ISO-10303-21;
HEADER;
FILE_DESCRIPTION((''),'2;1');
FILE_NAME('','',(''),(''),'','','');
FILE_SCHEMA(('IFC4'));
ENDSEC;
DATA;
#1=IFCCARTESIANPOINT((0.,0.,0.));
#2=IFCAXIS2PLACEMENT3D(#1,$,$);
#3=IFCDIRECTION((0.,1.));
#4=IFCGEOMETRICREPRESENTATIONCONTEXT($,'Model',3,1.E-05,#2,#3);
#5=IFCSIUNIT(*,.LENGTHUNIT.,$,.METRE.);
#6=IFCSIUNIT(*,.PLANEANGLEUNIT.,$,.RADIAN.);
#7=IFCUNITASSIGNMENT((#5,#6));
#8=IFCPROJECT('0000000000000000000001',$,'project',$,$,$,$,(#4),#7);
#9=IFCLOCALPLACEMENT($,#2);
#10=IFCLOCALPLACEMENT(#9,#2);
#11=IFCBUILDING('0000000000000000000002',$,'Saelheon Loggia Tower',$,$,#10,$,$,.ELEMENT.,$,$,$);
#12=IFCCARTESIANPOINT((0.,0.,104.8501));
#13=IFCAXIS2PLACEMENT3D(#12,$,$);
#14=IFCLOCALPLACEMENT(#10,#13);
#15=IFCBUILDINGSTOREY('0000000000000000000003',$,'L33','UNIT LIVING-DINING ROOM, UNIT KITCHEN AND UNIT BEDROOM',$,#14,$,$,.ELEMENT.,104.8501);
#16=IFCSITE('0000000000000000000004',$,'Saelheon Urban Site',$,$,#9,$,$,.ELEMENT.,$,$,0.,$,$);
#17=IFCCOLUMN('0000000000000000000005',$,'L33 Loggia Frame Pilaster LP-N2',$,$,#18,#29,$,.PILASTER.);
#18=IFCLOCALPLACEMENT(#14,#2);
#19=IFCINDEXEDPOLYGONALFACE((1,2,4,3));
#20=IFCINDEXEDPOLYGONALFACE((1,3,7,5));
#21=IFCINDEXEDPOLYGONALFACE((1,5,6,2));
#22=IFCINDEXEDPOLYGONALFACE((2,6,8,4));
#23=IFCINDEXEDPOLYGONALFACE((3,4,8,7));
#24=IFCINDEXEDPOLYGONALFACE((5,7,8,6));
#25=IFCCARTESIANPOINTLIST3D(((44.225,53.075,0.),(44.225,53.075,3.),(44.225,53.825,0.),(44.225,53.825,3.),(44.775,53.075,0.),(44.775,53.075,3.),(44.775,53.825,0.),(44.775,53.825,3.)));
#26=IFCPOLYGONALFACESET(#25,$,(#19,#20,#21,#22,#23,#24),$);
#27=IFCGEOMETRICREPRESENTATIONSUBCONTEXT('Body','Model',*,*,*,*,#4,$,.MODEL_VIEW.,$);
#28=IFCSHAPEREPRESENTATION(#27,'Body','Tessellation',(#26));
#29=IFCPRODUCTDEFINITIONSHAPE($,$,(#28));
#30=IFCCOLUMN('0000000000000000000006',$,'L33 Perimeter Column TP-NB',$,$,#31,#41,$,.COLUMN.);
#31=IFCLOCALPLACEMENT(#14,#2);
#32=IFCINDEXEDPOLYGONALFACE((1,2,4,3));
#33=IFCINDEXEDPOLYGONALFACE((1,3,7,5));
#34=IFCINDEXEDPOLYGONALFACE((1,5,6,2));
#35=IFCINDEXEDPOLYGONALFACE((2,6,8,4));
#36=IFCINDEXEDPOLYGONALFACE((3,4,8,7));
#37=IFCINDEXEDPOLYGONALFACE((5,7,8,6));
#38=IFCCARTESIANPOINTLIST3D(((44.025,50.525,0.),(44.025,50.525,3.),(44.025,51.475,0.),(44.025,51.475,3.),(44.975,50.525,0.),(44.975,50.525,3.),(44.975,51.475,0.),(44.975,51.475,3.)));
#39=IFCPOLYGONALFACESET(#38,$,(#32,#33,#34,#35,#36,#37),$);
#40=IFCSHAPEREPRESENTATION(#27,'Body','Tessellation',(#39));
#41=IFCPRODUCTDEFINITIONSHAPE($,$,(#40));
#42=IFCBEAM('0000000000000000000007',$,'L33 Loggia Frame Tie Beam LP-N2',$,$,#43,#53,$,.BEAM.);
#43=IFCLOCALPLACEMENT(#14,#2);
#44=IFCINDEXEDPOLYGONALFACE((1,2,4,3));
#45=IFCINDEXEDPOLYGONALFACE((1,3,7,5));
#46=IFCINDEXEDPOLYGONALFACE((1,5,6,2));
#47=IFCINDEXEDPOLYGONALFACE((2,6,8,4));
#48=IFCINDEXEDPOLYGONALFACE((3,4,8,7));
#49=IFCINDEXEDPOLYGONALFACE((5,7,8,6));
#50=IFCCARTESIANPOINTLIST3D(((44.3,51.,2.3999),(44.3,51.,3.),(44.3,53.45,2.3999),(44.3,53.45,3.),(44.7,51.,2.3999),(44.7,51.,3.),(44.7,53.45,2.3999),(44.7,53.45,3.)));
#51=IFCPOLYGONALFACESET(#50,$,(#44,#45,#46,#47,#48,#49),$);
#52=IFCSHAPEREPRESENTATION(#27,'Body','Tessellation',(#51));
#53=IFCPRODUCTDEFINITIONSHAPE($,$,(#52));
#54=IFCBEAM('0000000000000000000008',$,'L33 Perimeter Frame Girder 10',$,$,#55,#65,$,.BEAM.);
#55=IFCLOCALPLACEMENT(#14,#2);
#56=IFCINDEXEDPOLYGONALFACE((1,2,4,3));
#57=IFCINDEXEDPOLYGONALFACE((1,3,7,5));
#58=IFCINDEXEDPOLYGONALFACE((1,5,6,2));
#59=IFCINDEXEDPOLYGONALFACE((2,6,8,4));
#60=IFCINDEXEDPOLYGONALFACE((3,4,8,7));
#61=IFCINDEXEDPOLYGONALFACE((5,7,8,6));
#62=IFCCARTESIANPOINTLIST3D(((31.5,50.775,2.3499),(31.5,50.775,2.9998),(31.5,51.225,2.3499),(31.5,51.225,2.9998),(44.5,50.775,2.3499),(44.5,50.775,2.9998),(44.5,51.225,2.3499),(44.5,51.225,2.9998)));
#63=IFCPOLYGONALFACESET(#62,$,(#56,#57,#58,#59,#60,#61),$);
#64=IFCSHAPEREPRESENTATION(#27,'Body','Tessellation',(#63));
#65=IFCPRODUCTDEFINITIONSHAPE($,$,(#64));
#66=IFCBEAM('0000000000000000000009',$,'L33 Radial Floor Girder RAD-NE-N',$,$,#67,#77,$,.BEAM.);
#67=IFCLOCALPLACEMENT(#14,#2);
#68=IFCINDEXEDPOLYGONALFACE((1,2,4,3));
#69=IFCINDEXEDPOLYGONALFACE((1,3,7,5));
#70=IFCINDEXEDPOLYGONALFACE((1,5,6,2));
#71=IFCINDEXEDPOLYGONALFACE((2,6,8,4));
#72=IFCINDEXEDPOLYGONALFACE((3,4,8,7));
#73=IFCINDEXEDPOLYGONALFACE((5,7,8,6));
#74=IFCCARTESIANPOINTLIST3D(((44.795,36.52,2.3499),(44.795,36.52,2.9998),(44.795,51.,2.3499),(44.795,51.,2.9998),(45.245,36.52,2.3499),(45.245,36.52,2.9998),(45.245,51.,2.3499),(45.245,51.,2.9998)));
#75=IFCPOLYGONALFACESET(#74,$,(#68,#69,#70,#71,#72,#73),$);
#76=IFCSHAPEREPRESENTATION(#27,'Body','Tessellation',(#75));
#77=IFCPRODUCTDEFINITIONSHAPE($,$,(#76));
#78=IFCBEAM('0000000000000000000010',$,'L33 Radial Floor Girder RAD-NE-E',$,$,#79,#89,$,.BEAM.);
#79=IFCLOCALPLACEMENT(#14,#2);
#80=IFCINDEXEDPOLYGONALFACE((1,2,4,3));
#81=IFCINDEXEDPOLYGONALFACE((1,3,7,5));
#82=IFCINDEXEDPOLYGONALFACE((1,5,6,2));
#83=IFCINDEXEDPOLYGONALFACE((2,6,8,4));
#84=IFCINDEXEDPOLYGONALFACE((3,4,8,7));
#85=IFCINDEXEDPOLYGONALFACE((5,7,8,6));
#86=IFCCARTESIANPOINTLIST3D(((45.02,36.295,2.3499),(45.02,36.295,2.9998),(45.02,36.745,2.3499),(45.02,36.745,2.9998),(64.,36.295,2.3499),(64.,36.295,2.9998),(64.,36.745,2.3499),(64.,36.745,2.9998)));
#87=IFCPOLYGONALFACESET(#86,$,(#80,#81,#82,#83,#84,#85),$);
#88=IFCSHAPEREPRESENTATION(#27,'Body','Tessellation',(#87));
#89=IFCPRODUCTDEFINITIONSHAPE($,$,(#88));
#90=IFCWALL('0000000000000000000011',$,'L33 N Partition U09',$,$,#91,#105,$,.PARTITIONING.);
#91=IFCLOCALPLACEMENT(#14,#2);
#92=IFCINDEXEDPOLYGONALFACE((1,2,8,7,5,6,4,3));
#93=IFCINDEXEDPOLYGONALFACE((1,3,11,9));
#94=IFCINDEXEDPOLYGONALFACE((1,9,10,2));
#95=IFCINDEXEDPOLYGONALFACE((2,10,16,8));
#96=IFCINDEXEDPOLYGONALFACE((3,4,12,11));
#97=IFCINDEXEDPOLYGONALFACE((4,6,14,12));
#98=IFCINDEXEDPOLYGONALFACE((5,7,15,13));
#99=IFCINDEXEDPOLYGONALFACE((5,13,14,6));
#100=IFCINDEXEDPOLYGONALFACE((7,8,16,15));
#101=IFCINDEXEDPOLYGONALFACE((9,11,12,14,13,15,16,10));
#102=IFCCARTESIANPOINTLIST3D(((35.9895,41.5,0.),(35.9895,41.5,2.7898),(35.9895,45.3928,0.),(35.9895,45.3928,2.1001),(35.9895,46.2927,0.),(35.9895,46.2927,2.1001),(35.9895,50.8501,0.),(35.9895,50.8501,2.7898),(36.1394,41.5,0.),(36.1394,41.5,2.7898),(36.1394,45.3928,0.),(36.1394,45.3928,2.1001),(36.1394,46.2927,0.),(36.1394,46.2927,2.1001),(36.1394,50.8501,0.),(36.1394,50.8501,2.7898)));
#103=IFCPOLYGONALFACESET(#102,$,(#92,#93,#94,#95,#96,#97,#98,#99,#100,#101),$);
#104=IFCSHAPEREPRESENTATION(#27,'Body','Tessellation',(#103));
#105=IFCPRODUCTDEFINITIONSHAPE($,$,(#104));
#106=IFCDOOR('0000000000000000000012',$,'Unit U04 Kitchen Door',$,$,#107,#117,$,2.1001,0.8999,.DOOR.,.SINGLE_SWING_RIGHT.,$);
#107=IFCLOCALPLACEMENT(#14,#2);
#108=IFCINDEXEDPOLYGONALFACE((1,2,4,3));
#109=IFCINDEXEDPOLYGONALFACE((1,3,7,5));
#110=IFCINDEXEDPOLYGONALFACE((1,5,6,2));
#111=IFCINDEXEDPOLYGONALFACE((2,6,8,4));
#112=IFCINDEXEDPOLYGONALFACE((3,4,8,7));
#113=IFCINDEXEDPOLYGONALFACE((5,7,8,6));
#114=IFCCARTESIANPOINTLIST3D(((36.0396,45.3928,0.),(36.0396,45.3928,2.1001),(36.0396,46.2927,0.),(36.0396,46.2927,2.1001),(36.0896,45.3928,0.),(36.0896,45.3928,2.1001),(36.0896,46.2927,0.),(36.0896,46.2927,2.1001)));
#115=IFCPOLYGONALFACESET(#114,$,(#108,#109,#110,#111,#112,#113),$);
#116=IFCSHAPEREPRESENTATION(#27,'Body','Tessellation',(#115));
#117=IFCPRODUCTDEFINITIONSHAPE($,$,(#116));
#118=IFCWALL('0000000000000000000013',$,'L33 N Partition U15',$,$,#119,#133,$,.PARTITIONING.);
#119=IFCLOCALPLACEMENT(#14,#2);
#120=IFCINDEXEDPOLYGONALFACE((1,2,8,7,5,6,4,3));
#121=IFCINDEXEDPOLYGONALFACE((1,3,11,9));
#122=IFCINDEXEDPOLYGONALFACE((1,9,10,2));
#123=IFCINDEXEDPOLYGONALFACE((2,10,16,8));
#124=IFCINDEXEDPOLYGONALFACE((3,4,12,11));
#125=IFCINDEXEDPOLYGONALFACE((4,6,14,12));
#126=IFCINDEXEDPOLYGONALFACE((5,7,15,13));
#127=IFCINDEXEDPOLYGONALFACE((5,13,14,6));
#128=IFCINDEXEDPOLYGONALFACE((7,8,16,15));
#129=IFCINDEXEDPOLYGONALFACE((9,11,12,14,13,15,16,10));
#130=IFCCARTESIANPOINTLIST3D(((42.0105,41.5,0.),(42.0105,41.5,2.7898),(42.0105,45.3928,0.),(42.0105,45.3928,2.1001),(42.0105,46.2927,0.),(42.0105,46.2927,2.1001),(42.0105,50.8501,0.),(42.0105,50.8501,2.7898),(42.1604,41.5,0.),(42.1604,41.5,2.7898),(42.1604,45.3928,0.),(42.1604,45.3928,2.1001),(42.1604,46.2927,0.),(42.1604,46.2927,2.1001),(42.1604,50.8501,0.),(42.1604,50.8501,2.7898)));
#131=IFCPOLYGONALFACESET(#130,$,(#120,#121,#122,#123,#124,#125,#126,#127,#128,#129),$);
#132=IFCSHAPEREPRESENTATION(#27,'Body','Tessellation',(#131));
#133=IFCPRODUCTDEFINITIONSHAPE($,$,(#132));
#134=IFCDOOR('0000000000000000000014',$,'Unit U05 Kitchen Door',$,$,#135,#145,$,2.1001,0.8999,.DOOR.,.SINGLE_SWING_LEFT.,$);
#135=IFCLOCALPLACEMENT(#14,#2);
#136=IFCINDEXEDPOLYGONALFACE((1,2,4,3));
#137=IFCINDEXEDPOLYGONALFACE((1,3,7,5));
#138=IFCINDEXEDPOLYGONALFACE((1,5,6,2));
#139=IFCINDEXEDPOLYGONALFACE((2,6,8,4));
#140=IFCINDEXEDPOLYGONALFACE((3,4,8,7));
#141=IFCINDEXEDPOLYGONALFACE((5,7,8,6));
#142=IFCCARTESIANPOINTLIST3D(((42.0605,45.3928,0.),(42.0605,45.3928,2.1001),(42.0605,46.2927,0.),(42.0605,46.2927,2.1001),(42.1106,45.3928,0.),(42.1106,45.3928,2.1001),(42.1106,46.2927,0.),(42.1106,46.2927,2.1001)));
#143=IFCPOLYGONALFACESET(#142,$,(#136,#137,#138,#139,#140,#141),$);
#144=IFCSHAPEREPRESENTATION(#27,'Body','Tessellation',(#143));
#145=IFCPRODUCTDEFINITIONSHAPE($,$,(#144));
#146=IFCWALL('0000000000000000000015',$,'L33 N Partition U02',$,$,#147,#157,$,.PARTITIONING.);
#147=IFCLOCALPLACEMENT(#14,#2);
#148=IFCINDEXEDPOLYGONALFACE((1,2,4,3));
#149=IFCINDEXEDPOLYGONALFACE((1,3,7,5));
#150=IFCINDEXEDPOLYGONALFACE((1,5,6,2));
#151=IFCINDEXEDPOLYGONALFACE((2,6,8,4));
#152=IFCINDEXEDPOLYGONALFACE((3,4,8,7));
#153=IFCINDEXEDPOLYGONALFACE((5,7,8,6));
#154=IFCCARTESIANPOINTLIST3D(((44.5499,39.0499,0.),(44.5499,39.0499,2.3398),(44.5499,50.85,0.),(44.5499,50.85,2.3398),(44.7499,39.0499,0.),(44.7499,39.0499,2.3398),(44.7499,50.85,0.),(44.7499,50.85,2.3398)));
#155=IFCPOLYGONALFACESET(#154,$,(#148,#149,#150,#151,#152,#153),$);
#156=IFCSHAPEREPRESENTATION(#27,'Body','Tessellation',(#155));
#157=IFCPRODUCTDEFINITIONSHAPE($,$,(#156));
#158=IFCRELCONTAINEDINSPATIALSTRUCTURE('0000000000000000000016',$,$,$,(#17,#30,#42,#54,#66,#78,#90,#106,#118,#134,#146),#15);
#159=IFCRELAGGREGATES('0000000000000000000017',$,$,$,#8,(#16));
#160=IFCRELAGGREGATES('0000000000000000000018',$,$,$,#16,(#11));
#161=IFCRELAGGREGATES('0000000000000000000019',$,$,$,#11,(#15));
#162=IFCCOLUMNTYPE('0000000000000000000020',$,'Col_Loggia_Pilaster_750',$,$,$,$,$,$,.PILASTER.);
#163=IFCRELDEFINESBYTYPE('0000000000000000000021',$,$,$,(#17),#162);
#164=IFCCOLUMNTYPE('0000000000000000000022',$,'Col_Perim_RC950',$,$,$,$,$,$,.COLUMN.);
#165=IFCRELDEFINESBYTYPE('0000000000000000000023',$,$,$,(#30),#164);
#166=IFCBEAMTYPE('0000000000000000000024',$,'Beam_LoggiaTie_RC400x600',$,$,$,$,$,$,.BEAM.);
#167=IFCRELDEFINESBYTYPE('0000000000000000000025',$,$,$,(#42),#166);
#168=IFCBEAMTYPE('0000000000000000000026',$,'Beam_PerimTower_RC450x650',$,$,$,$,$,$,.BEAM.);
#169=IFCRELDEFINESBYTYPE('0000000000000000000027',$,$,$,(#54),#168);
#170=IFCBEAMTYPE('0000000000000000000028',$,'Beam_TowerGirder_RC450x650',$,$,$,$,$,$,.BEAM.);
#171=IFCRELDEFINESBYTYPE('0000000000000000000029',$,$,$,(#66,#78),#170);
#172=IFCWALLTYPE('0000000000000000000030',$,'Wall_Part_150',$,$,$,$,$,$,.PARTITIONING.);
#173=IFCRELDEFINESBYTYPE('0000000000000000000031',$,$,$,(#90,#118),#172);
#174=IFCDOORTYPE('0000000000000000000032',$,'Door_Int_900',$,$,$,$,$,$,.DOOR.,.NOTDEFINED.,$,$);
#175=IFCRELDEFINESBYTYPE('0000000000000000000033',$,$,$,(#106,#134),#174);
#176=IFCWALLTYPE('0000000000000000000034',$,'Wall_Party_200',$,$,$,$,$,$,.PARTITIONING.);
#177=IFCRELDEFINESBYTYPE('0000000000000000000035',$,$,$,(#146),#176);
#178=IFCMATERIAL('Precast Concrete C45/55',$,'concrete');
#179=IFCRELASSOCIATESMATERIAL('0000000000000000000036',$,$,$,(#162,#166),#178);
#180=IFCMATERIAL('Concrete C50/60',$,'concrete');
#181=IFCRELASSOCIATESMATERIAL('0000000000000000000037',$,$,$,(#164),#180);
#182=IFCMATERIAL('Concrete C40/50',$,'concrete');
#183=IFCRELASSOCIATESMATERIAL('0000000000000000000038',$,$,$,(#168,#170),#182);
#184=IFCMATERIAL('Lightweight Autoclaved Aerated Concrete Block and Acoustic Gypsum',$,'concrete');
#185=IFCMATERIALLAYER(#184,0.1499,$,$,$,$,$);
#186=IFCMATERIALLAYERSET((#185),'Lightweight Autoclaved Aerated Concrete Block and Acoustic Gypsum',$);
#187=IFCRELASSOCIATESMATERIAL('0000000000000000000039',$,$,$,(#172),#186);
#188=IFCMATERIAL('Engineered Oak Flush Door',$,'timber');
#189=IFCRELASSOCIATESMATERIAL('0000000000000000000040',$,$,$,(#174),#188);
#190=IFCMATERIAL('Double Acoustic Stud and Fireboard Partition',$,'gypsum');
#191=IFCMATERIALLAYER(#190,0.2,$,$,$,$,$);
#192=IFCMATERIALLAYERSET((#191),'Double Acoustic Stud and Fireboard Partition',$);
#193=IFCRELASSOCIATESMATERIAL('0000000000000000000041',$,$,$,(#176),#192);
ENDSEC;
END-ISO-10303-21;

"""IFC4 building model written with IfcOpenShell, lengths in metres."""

from ifc_helpers import new_model, si_unit, direction, frame, frame_2d, origin, origin_2d, place, context, subcontext, project, spatial, rectangle, extrude, source, transform, mapped, material, layer, layer_set, material_profile, profile_set, type_object, element, fill, save


model = new_model("IFC4")

# Units and contexts
model_context = context("Model", 3, precision=1e-05, world=origin(), true_north=direction((0.0, 1.0)))
body_context = subcontext(model_context, "Body", "Model", "MODEL_VIEW")
ifc_project = project(units=[si_unit("LENGTHUNIT", "METRE"), si_unit("PLANEANGLEUNIT", "RADIAN")], contexts=[model_context])

# Site, building, storey
site_placement = place(None, origin())
site = spatial("IfcSite", under=ifc_project, at=site_placement, Name="Saelheon Urban Site", CompositionType="ELEMENT", RefElevation=0.0)
building_placement = place(site_placement, origin())
building = spatial("IfcBuilding", under=site, at=building_placement, Name="Saelheon Loggia Tower", CompositionType="ELEMENT")
storey_placement = place(building_placement, frame((0.0, 0.0, 104.8501)))
storey = spatial("IfcBuildingStorey", under=building, at=storey_placement, Name="L33", Description="UNIT LIVING-DINING ROOM, UNIT KITCHEN AND UNIT BEDROOM", CompositionType="ELEMENT", Elevation=104.8501)

# Columns
ifc_material_1 = material(Name="Precast Concrete C45/55", Category="concrete")
ifc_material_profile_1 = material_profile(ifc_material_1, rectangle(XDim=0.55, YDim=0.75, at=origin_2d()), Name="RC-550x750")
ifc_profile_set_1 = profile_set([ifc_material_profile_1], Name="Precast Concrete C45/55")
column_type_1 = type_object("IfcColumnType", Name="Col_Loggia_Pilaster_750", PredefinedType="PILASTER", material=ifc_profile_set_1)
shared_shape_1 = source(origin(), body_context, "Body", "SweptSolid", [
    extrude(rectangle(XDim=0.55, YDim=0.75, at=origin_2d()), origin(), (0.0, 0.0, 1.0), 3.0),
])
column_1_placement = place(storey_placement, frame((44.5, 53.45, 0.0), z_axis=(0.0, 0.0, 1.0), x_axis=(1.0, 0.0, 0.0)))
element("IfcColumn", 1, at=column_1_placement, inside=storey, type_object=column_type_1, Name="L33 Loggia Frame Pilaster LP-N2", PredefinedType="PILASTER", context=body_context, shape_type="MappedRepresentation", body=[
    mapped(shared_shape_1, transform((0.0, 0.0, 0.0), scale=1.0)),
])
ifc_material_2 = material(Name="Concrete C50/60", Category="concrete")
ifc_material_profile_2 = material_profile(ifc_material_2, rectangle(XDim=0.95, YDim=0.95, at=origin_2d()), Name="RC-950x950")
ifc_profile_set_2 = profile_set([ifc_material_profile_2], Name="Concrete C50/60")
column_type_2 = type_object("IfcColumnType", Name="Col_Perim_RC950", PredefinedType="COLUMN", material=ifc_profile_set_2)
shared_shape_2 = source(origin(), body_context, "Body", "SweptSolid", [
    extrude(rectangle(XDim=0.95, YDim=0.95, at=origin_2d()), origin(), (0.0, 0.0, 1.0), 3.0),
])
column_2_placement = place(storey_placement, frame((44.5, 51.0, 0.0), z_axis=(0.0, 0.0, 1.0), x_axis=(1.0, 0.0, 0.0)))
element("IfcColumn", 2, at=column_2_placement, inside=storey, type_object=column_type_2, Name="L33 Perimeter Column TP-NB", PredefinedType="COLUMN", context=body_context, shape_type="MappedRepresentation", body=[
    mapped(shared_shape_2, transform((0.0, 0.0, 0.0), scale=1.0)),
])

# Beams
ifc_material_profile_3 = material_profile(ifc_material_1, rectangle(XDim=0.3999, YDim=0.6001, at=origin_2d()), Name="RC-400x600")
ifc_profile_set_3 = profile_set([ifc_material_profile_3], Name="Precast Concrete C45/55")
beam_type_1 = type_object("IfcBeamType", Name="Beam_LoggiaTie_RC400x600", PredefinedType="BEAM", material=ifc_profile_set_3)
shared_shape_3 = source(origin(), body_context, "Body", "SweptSolid", [
    extrude(rectangle(XDim=0.3999, YDim=0.6001, at=origin_2d()), origin(), (0.0, 0.0, 1.0), 2.45),
])
beam_1_placement = place(storey_placement, frame((44.5, 51.0, 2.7), z_axis=(0.0, 1.0, 0.0), x_axis=(-1.0, 0.0, 0.0)))
element("IfcBeam", 3, at=beam_1_placement, inside=storey, type_object=beam_type_1, Name="L33 Loggia Frame Tie Beam LP-N2", PredefinedType="BEAM", context=body_context, shape_type="MappedRepresentation", body=[
    mapped(shared_shape_3, transform((0.0, 0.0, 0.0), scale=1.0)),
])
ifc_material_3 = material(Name="Concrete C40/50", Category="concrete")
ifc_material_profile_4 = material_profile(ifc_material_3, rectangle(XDim=0.45, YDim=0.6499, at=origin_2d()), Name="RC-450x650")
ifc_profile_set_4 = profile_set([ifc_material_profile_4], Name="Concrete C40/50")
beam_type_2 = type_object("IfcBeamType", Name="Beam_PerimTower_RC450x650", PredefinedType="BEAM", material=ifc_profile_set_4)
shared_shape_4 = source(origin(), body_context, "Body", "SweptSolid", [
    extrude(rectangle(XDim=0.45, YDim=0.6499, at=origin_2d()), origin(), (0.0, 0.0, 1.0), 13.0),
])
beam_2_placement = place(storey_placement, frame((44.5, 51.0, 2.6748), z_axis=(-1.0, 0.0, 0.0), x_axis=(0.0, -1.0, 0.0)))
element("IfcBeam", 4, at=beam_2_placement, inside=storey, type_object=beam_type_2, Name="L33 Perimeter Frame Girder 10", PredefinedType="BEAM", context=body_context, shape_type="MappedRepresentation", body=[
    mapped(shared_shape_4, transform((0.0, 0.0, 0.0), scale=1.0)),
])
ifc_material_profile_5 = material_profile(ifc_material_3, rectangle(XDim=0.45, YDim=0.6499, at=origin_2d()), Name="RC-450x650")
ifc_profile_set_5 = profile_set([ifc_material_profile_5], Name="Concrete C40/50")
beam_type_3 = type_object("IfcBeamType", Name="Beam_TowerGirder_RC450x650", PredefinedType="BEAM", material=ifc_profile_set_5)
shared_shape_5 = source(origin(), body_context, "Body", "SweptSolid", [
    extrude(rectangle(XDim=0.45, YDim=0.6499, at=origin_2d()), origin(), (0.0, 0.0, 1.0), 14.48),
])
beam_3_placement = place(storey_placement, frame((45.02, 36.52, 2.6748), z_axis=(0.0, 1.0, 0.0), x_axis=(-1.0, 0.0, 0.0)))
element("IfcBeam", 5, at=beam_3_placement, inside=storey, type_object=beam_type_3, Name="L33 Radial Floor Girder RAD-NE-N", PredefinedType="BEAM", context=body_context, shape_type="MappedRepresentation", body=[
    mapped(shared_shape_5, transform((0.0, 0.0, 0.0), scale=1.0)),
])
shared_shape_6 = source(origin(), body_context, "Body", "SweptSolid", [
    extrude(rectangle(XDim=0.45, YDim=0.6499, at=origin_2d()), origin(), (0.0, 0.0, 1.0), 18.98),
])
beam_4_placement = place(storey_placement, frame((45.02, 36.52, 2.6748), z_axis=(1.0, 0.0, 0.0), x_axis=(0.0, 1.0, 0.0)))
element("IfcBeam", 6, at=beam_4_placement, inside=storey, type_object=beam_type_3, Name="L33 Radial Floor Girder RAD-NE-E", PredefinedType="BEAM", context=body_context, shape_type="MappedRepresentation", body=[
    mapped(shared_shape_6, transform((0.0, 0.0, 0.0), scale=1.0)),
])

# Walls, openings, doors
ifc_material_4 = material(Name="Lightweight Autoclaved Aerated Concrete Block and Acoustic Gypsum", Category="concrete")
ifc_layer_1 = layer(ifc_material_4, 0.1499)
ifc_layer_set_1 = layer_set([ifc_layer_1], Name="Lightweight Autoclaved Aerated Concrete Block and Acoustic Gypsum")
wall_type_1 = type_object("IfcWallType", Name="Wall_Part_150", PredefinedType="PARTITIONING", material=ifc_layer_set_1)
wall_1_placement = place(storey_placement, frame((36.0645, 41.5, 0.0), z_axis=(0.0, 0.0, 1.0), x_axis=(0.0, 1.0, 0.0)))
wall_1 = element("IfcWall", 7, at=wall_1_placement, inside=storey, type_object=wall_type_1, Name="L33 N Partition U09", PredefinedType="PARTITIONING", context=body_context, shape_type="SweptSolid", body=[
    extrude(rectangle(XDim=9.3501, YDim=0.1499, at=frame_2d((4.675, 0.0))), origin(), (0.0, 0.0, 1.0), 2.7898),
])
opening_1_placement = place(wall_1_placement, frame((3.8928, 0.0, 0.0)))
opening_1 = element("IfcOpeningElement", 8, at=opening_1_placement, cuts=wall_1, PredefinedType="OPENING", context=body_context, shape_type="SweptSolid", body=[
    extrude(rectangle(XDim=0.8999, YDim=2.1001, at=frame_2d((0.45, 1.05))), frame((0.0, 0.0869, 0.0), z_axis=(0.0, -1.0, 0.0), x_axis=(1.0, 0.0, 0.0)), (0.0, 0.0, 1.0), 0.1738),
])
ifc_material_5 = material(Name="Engineered Oak Flush Door", Category="timber")
door_type_1 = type_object("IfcDoorType", Name="Door_Int_900", OperationType="NOTDEFINED", PredefinedType="DOOR", material=ifc_material_5)
shared_shape_7 = source(origin(), body_context, "Body", "SweptSolid", [
    extrude(rectangle(XDim=0.8999, YDim=2.1001, at=frame_2d((0.45, 1.05))), frame((0.0, 0.0249, 0.0), z_axis=(0.0, -1.0, 0.0), x_axis=(1.0, 0.0, 0.0)), (0.0, 0.0, 1.0), 0.05),
])
door_1_placement = place(opening_1_placement, origin())
door_1 = element("IfcDoor", 9, at=door_1_placement, inside=storey, type_object=door_type_1, Name="Unit U04 Kitchen Door", OperationType="SINGLE_SWING_RIGHT", OverallHeight=2.1001, OverallWidth=0.8999, PredefinedType="DOOR", context=body_context, shape_type="MappedRepresentation", body=[
    mapped(shared_shape_7, transform((0.0, 0.0, 0.0), scale=1.0)),
])
fill(opening_1, door_1)
wall_2_placement = place(storey_placement, frame((42.0854, 41.5, 0.0), z_axis=(0.0, 0.0, 1.0), x_axis=(0.0, 1.0, 0.0)))
wall_2 = element("IfcWall", 10, at=wall_2_placement, inside=storey, type_object=wall_type_1, Name="L33 N Partition U15", PredefinedType="PARTITIONING", context=body_context, shape_type="SweptSolid", body=[
    extrude(rectangle(XDim=9.3501, YDim=0.1499, at=frame_2d((4.675, 0.0))), origin(), (0.0, 0.0, 1.0), 2.7898),
])
opening_2_placement = place(wall_2_placement, frame((3.8928, 0.0, 0.0)))
opening_2 = element("IfcOpeningElement", 11, at=opening_2_placement, cuts=wall_2, PredefinedType="OPENING", context=body_context, shape_type="SweptSolid", body=[
    extrude(rectangle(XDim=0.8999, YDim=2.1001, at=frame_2d((0.45, 1.05))), frame((0.0, 0.0869, 0.0), z_axis=(0.0, -1.0, 0.0), x_axis=(1.0, 0.0, 0.0)), (0.0, 0.0, 1.0), 0.1738),
])
door_2_placement = place(opening_2_placement, origin())
door_2 = element("IfcDoor", 12, at=door_2_placement, inside=storey, type_object=door_type_1, Name="Unit U05 Kitchen Door", OperationType="SINGLE_SWING_LEFT", OverallHeight=2.1001, OverallWidth=0.8999, PredefinedType="DOOR", context=body_context, shape_type="MappedRepresentation", body=[
    mapped(shared_shape_7, transform((0.0, 0.0, 0.0), scale=1.0)),
])
fill(opening_2, door_2)

# Wall
ifc_material_6 = material(Name="Double Acoustic Stud and Fireboard Partition", Category="gypsum")
ifc_layer_2 = layer(ifc_material_6, 0.2)
ifc_layer_set_2 = layer_set([ifc_layer_2], Name="Double Acoustic Stud and Fireboard Partition")
wall_type_2 = type_object("IfcWallType", Name="Wall_Party_200", PredefinedType="PARTITIONING", material=ifc_layer_set_2)
wall_3_placement = place(storey_placement, frame((44.6499, 39.05, 0.0), z_axis=(0.0, 0.0, 1.0), x_axis=(0.0, 1.0, 0.0)))
element("IfcWall", 13, at=wall_3_placement, inside=storey, type_object=wall_type_2, Name="L33 N Partition U02", PredefinedType="PARTITIONING", context=body_context, shape_type="SweptSolid", body=[
    extrude(rectangle(XDim=11.8, YDim=0.2, at=frame_2d((5.8999, 0.0))), origin(), (0.0, 0.0, 1.0), 2.3398),
])

save(model, "model.ifc")
